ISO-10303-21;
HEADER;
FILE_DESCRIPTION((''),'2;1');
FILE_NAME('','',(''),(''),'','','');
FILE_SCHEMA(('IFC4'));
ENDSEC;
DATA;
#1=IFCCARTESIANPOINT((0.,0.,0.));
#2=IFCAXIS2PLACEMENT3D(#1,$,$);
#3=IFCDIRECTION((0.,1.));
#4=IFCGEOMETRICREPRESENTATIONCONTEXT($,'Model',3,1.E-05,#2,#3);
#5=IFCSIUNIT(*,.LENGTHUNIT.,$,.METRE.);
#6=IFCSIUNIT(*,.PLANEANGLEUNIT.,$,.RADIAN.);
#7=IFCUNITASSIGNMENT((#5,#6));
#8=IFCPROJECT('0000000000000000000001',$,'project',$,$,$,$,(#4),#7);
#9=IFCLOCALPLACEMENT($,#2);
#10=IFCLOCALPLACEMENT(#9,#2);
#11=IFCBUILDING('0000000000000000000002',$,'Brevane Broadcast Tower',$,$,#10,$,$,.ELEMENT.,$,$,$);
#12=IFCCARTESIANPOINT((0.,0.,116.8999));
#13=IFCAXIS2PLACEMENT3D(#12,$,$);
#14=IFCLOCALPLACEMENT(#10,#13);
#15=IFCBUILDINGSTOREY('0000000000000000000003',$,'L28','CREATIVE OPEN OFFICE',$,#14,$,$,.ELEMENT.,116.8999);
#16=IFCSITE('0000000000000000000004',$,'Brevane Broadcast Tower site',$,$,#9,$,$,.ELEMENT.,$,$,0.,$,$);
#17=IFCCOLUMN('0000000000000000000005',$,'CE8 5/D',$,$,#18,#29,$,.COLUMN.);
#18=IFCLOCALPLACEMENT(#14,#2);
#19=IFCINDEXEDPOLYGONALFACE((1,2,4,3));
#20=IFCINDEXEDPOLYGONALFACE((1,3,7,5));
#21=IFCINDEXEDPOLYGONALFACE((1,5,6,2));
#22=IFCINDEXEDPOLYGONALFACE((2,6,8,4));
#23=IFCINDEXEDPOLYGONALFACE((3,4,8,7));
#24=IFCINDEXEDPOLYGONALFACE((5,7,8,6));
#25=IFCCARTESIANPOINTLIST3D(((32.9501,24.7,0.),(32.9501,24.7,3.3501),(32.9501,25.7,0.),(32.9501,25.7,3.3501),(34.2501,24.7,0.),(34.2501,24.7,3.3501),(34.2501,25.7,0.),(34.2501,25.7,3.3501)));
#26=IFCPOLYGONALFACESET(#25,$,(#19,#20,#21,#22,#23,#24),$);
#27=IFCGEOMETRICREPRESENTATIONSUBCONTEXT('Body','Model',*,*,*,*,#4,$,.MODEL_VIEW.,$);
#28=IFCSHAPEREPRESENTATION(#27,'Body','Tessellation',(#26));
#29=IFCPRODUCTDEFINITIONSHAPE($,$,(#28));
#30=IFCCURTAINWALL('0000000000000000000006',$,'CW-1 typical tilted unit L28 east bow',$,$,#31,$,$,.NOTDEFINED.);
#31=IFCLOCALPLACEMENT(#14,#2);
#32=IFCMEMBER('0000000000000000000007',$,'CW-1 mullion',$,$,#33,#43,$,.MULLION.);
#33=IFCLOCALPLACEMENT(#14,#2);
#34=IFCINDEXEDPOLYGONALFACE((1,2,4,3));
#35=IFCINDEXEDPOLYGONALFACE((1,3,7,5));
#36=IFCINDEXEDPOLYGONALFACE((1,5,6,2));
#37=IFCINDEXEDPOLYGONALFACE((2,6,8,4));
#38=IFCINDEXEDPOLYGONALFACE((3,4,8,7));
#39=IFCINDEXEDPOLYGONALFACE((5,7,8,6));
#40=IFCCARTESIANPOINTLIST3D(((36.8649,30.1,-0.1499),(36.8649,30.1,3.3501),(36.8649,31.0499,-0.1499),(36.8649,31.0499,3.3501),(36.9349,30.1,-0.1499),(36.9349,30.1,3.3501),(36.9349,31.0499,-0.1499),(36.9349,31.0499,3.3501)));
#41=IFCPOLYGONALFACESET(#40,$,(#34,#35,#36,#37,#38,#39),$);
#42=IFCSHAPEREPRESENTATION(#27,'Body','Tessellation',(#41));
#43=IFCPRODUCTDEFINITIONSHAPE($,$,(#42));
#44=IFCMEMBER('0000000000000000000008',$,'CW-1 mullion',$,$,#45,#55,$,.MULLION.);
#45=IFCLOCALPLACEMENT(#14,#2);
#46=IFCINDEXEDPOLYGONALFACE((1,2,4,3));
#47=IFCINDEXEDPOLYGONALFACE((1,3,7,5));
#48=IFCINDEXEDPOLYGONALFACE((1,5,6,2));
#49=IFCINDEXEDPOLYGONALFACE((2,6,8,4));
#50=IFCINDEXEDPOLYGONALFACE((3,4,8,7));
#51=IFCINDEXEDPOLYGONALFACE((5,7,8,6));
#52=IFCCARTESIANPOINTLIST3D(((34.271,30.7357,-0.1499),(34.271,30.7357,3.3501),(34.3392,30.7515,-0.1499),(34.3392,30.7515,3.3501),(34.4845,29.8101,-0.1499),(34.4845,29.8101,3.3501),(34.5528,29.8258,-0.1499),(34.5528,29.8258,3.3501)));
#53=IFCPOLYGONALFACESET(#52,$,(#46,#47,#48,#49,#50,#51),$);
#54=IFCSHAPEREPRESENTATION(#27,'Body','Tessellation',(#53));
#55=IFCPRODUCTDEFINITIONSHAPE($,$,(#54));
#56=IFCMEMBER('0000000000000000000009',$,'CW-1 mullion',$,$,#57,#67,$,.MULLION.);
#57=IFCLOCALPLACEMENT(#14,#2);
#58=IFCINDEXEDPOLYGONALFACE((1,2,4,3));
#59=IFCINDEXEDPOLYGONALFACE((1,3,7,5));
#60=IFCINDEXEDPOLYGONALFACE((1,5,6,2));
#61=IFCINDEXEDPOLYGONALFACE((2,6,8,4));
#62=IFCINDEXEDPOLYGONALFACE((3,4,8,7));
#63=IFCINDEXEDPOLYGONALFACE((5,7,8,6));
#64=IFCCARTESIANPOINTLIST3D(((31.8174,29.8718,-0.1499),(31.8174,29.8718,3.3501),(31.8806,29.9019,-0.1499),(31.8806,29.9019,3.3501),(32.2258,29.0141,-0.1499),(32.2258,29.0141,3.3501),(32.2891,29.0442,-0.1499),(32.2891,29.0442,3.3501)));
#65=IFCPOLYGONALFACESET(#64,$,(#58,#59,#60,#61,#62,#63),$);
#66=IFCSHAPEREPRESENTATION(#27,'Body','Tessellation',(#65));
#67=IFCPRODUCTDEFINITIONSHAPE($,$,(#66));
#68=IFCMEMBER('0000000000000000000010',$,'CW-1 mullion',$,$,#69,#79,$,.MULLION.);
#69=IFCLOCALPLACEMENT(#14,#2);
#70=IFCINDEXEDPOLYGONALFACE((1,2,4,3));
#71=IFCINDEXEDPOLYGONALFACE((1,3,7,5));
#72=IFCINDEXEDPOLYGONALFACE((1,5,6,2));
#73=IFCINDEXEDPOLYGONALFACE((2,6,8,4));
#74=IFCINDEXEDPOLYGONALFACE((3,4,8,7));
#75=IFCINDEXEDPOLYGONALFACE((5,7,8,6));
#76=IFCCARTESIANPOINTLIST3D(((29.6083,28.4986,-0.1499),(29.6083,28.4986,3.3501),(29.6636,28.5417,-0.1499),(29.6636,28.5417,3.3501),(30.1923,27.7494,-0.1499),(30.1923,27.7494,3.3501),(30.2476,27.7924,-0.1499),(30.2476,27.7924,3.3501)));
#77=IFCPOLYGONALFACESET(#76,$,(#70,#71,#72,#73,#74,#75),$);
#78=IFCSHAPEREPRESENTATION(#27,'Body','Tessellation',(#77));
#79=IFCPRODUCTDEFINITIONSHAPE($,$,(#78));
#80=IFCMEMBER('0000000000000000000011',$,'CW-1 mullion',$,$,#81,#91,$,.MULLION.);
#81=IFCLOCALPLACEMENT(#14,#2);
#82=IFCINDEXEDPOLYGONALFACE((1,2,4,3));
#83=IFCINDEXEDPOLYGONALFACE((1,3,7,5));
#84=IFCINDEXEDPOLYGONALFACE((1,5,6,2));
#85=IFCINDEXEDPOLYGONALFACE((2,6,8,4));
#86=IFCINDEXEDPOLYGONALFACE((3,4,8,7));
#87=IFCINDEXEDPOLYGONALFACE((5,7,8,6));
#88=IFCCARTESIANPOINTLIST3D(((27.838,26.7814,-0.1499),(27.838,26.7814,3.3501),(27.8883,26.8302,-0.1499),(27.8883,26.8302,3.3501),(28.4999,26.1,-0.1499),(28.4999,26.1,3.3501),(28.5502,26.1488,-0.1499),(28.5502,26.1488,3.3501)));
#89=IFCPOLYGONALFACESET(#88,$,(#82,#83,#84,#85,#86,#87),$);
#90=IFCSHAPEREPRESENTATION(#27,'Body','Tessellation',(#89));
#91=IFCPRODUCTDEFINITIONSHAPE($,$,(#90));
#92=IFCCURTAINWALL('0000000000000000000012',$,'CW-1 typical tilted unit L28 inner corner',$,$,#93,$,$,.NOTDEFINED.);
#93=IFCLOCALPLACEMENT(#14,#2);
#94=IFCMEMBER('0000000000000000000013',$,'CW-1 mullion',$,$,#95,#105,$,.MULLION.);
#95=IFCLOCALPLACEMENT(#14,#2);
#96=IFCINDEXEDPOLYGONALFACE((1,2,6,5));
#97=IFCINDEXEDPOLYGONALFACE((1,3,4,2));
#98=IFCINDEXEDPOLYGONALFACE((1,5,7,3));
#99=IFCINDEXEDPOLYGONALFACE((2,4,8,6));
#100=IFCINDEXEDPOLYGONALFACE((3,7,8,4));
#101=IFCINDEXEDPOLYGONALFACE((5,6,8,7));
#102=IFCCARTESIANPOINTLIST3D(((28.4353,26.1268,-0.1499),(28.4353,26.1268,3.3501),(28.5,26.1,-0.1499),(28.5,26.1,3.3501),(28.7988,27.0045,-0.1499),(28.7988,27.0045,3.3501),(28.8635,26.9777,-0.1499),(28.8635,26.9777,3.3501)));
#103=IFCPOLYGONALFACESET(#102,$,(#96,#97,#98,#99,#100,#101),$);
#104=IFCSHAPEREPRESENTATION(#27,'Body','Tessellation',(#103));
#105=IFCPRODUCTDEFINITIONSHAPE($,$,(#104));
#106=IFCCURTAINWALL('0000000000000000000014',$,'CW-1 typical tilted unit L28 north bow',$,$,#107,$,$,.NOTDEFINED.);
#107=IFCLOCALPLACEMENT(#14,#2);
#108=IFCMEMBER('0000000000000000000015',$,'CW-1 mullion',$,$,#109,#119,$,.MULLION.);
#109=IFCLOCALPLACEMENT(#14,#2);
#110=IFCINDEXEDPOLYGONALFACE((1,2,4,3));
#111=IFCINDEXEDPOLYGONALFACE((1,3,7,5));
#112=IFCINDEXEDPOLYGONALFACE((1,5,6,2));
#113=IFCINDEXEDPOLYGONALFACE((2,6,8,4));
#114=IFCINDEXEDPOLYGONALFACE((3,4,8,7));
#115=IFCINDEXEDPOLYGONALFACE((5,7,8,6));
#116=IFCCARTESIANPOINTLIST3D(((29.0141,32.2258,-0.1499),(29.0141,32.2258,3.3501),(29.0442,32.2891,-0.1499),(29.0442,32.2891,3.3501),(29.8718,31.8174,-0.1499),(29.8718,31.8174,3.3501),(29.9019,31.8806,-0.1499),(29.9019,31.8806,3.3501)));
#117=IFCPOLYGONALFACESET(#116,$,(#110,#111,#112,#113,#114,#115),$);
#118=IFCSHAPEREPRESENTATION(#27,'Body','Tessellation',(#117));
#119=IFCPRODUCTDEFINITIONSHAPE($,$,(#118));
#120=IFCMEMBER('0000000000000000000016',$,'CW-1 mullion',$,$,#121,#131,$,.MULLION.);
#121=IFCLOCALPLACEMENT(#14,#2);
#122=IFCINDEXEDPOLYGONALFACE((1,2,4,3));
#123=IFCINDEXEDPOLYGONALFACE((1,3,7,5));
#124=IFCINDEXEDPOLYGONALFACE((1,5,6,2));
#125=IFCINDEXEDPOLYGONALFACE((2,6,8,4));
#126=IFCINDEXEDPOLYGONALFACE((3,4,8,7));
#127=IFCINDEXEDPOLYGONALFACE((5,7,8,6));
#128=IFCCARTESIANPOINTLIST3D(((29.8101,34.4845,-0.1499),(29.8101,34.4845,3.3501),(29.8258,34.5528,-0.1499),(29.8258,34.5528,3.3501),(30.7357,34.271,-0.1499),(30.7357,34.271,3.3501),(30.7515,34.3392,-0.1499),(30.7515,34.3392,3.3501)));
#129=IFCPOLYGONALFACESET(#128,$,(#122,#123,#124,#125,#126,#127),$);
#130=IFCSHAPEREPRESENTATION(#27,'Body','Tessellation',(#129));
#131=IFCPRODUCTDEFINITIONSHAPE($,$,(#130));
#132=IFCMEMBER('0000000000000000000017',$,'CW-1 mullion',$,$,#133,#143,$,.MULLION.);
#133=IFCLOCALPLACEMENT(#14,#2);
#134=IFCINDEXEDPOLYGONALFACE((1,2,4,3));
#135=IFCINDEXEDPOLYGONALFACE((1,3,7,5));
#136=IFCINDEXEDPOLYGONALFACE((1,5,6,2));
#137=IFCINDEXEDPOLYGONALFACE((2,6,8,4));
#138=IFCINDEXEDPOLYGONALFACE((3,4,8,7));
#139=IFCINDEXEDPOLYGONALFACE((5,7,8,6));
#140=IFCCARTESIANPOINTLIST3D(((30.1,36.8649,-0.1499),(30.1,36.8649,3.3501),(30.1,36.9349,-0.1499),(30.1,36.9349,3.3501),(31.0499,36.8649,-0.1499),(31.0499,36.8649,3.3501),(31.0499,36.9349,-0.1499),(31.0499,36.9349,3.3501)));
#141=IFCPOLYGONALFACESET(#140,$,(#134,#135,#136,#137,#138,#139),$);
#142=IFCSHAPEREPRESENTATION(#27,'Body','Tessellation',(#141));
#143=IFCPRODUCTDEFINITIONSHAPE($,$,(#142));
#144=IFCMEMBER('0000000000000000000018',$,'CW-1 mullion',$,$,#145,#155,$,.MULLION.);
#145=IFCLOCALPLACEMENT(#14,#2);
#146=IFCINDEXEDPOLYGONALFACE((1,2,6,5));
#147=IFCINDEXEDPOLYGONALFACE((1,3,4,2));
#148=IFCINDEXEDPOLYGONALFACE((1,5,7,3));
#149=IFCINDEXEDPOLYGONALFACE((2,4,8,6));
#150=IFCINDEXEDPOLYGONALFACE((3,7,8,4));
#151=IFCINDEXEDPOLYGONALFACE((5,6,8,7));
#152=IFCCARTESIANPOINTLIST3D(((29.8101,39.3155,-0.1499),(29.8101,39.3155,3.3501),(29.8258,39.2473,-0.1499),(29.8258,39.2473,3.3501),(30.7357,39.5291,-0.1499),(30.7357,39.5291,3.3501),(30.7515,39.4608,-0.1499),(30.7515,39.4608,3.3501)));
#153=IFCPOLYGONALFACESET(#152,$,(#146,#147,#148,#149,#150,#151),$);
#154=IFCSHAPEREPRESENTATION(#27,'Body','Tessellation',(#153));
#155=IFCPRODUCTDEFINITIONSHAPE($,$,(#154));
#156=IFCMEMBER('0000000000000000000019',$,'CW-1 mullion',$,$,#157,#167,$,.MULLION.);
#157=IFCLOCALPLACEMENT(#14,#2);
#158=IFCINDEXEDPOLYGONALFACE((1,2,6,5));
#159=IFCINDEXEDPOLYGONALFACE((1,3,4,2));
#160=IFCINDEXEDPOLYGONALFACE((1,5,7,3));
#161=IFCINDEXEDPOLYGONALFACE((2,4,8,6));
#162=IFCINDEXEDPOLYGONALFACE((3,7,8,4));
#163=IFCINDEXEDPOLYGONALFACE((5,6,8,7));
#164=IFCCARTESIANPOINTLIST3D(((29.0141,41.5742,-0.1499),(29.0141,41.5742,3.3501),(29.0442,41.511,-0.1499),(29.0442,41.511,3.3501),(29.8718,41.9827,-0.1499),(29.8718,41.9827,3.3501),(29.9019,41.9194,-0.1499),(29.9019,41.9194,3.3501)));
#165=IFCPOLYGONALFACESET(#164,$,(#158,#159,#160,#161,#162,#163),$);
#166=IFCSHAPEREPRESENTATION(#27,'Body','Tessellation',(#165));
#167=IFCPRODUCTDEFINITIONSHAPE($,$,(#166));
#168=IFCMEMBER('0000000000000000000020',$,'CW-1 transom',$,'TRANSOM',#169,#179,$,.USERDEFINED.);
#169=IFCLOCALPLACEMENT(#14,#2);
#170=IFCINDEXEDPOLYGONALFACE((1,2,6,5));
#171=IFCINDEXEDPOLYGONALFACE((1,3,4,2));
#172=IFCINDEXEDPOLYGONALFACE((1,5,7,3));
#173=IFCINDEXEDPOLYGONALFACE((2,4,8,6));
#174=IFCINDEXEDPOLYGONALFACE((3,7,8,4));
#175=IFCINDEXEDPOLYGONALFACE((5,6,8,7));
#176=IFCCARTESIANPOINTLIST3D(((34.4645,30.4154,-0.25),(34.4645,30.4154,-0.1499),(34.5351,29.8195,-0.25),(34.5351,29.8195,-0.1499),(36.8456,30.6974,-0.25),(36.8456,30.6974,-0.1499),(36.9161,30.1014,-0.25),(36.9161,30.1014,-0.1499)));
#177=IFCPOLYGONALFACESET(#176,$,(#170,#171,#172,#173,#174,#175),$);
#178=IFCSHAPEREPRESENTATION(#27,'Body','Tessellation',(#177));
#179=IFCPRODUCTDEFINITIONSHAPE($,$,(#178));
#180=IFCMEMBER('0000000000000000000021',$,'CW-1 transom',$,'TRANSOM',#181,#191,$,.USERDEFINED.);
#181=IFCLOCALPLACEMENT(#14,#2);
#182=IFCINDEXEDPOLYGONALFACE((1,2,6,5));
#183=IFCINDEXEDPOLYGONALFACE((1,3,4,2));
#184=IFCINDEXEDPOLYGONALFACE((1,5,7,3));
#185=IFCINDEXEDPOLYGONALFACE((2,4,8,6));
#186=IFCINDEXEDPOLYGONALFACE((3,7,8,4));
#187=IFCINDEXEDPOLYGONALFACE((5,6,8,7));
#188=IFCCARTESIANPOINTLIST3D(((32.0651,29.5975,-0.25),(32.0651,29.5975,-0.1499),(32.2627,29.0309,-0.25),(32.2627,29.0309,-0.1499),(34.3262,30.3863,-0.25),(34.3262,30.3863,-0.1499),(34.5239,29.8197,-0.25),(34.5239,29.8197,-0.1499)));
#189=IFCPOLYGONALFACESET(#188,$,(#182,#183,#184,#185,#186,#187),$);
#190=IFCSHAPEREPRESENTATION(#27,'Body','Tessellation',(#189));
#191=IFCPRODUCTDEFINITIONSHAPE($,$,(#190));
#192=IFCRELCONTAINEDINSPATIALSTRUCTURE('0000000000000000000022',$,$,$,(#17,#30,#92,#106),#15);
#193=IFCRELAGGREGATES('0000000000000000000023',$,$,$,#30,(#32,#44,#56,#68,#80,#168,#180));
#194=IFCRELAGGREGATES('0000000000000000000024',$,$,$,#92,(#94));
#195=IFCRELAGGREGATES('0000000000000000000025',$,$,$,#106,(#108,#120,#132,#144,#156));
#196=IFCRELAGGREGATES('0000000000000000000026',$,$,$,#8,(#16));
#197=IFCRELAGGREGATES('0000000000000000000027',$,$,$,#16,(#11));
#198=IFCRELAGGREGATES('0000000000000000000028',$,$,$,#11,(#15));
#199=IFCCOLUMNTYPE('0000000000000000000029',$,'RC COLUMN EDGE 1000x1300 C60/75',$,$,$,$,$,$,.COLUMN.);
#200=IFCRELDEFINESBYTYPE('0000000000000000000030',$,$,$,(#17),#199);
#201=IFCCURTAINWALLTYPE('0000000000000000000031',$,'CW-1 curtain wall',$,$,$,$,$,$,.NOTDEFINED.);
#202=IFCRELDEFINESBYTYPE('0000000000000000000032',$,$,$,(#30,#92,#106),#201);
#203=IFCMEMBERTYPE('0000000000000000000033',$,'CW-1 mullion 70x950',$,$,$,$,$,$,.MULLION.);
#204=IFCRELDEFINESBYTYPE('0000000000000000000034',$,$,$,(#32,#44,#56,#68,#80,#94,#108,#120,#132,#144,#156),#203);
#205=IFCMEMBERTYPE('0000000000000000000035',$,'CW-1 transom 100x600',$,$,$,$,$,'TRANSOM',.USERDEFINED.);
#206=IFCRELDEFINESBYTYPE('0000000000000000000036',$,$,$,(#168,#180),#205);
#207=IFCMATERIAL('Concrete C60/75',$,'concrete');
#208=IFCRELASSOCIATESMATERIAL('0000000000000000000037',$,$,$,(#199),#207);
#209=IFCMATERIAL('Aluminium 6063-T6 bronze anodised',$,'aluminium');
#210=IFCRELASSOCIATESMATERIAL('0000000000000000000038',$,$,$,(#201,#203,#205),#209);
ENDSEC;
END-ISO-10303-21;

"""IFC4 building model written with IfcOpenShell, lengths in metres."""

from ifc_helpers import new_model, si_unit, direction, frame, origin, origin_2d, place, context, subcontext, project, spatial, rectangle, extrude, material, material_profile, profile_set, type_object, element, aggregate, save


model = new_model("IFC4")

# Units and contexts
model_context = context("Model", 3, precision=1e-05, world=origin(), true_north=direction((0.0, 1.0)))
body_context = subcontext(model_context, "Body", "Model", "MODEL_VIEW")
ifc_project = project(units=[si_unit("LENGTHUNIT", "METRE"), si_unit("PLANEANGLEUNIT", "RADIAN")], contexts=[model_context])

# Site, building, storey
site_placement = place(None, origin())
site = spatial("IfcSite", under=ifc_project, at=site_placement, Name="Brevane Broadcast Tower site", CompositionType="ELEMENT", RefElevation=0.0)
building_placement = place(site_placement, origin())
building = spatial("IfcBuilding", under=site, at=building_placement, Name="Brevane Broadcast Tower", CompositionType="ELEMENT")
storey_placement = place(building_placement, frame((0.0, 0.0, 116.8999)))
storey = spatial("IfcBuildingStorey", under=building, at=storey_placement, Name="L28", Description="CREATIVE OPEN OFFICE", CompositionType="ELEMENT", Elevation=116.8999)

# Column
ifc_material_1 = material(Name="Concrete C60/75", Category="concrete")
ifc_material_profile_1 = material_profile(ifc_material_1, rectangle(XDim=1.0, YDim=1.3, at=origin_2d()), Name="RC 1000x1300")
ifc_profile_set_1 = profile_set([ifc_material_profile_1], Name="Concrete C60/75")
column_type = type_object("IfcColumnType", Name="RC COLUMN EDGE 1000x1300 C60/75", PredefinedType="COLUMN", material=ifc_profile_set_1)
column_placement = place(storey_placement, frame((33.6001, 25.2, 0.0), z_axis=(0.0, 0.0, 1.0), x_axis=(0.0, 1.0, 0.0)))
element("IfcColumn", 1, at=column_placement, inside=storey, type_object=column_type, Name="CE8 5/D", PredefinedType="COLUMN", context=body_context, shape_type="SweptSolid", body=[
    extrude(rectangle(XDim=1.0, YDim=1.3, at=origin_2d()), origin(), (0.0, 0.0, 1.0), 3.3501),
])

# Curtain wall, members
ifc_material_2 = material(Name="Aluminium 6063-T6 bronze anodised", Category="aluminium")
curtain_wall_type = type_object("IfcCurtainWallType", Name="CW-1 curtain wall", PredefinedType="NOTDEFINED", material=ifc_material_2)
curtain_wall_1_placement = place(storey_placement, origin())
curtain_wall_1 = element("IfcCurtainWall", 2, at=curtain_wall_1_placement, inside=storey, type_object=curtain_wall_type, Name="CW-1 typical tilted unit L28 east bow", PredefinedType="NOTDEFINED")
ifc_material_profile_2 = material_profile(ifc_material_2, rectangle(XDim=0.95, YDim=0.0701, at=origin_2d()), Name="RECT 70x950")
ifc_profile_set_2 = profile_set([ifc_material_profile_2], Name="Aluminium 6063-T6 bronze anodised")
member_type_1 = type_object("IfcMemberType", Name="CW-1 mullion 70x950", PredefinedType="MULLION", material=ifc_profile_set_2)
member_1_placement = place(storey_placement, frame((36.8999, 30.575, -0.1499), z_axis=(0.0, 0.0, 1.0), x_axis=(0.0, -1.0, 0.0)))
member_1 = element("IfcMember", 3, at=member_1_placement, type_object=member_type_1, Name="CW-1 mullion", PredefinedType="MULLION", context=body_context, shape_type="SweptSolid", body=[
    extrude(rectangle(XDim=0.95, YDim=0.0701, at=origin_2d()), origin(), (0.0, 0.0, 1.0), 3.5),
])
member_2_placement = place(storey_placement, frame((34.4119, 30.2808, -0.1499), z_axis=(0.0, 0.0, 1.0), x_axis=(0.224806, -0.974403, 0.0)))
member_2 = element("IfcMember", 4, at=member_2_placement, type_object=member_type_1, Name="CW-1 mullion", PredefinedType="MULLION", context=body_context, shape_type="SweptSolid", body=[
    extrude(rectangle(XDim=0.95, YDim=0.0701, at=origin_2d()), origin(), (0.0, 0.0, 1.0), 3.5),
])
member_3_placement = place(storey_placement, frame((32.0532, 29.458, -0.1499), z_axis=(0.0, 0.0, 1.0), x_axis=(0.429934, -0.902861, 0.0)))
member_3 = element("IfcMember", 5, at=member_3_placement, type_object=member_type_1, Name="CW-1 mullion", PredefinedType="MULLION", context=body_context, shape_type="SweptSolid", body=[
    extrude(rectangle(XDim=0.95, YDim=0.0701, at=origin_2d()), origin(), (0.0, 0.0, 1.0), 3.5),
])
member_4_placement = place(storey_placement, frame((29.928, 28.1455, -0.1499), z_axis=(0.0, 0.0, 1.0), x_axis=(0.61477, -0.788707, 0.0)))
member_4 = element("IfcMember", 6, at=member_4_placement, type_object=member_type_1, Name="CW-1 mullion", PredefinedType="MULLION", context=body_context, shape_type="SweptSolid", body=[
    extrude(rectangle(XDim=0.95, YDim=0.0701, at=origin_2d()), origin(), (0.0, 0.0, 1.0), 3.5),
])
member_5_placement = place(storey_placement, frame((28.1941, 26.4651, -0.1499), z_axis=(0.0, 0.0, 1.0), x_axis=(0.696812, -0.717254, 0.0)))
member_5 = element("IfcMember", 7, at=member_5_placement, type_object=member_type_1, Name="CW-1 mullion", PredefinedType="MULLION", context=body_context, shape_type="SweptSolid", body=[
    extrude(rectangle(XDim=0.95, YDim=0.0701, at=origin_2d()), origin(), (0.0, 0.0, 1.0), 3.5),
])

# Curtain wall, member
curtain_wall_2_placement = place(storey_placement, origin())
curtain_wall_2 = element("IfcCurtainWall", 8, at=curtain_wall_2_placement, inside=storey, type_object=curtain_wall_type, Name="CW-1 typical tilted unit L28 inner corner", PredefinedType="NOTDEFINED")
member_6_placement = place(storey_placement, frame((28.6494, 26.5522, -0.1499), z_axis=(0.0, 0.0, 1.0), x_axis=(-0.382684, -0.923879, 0.0)))
member_6 = element("IfcMember", 9, at=member_6_placement, type_object=member_type_1, Name="CW-1 mullion", PredefinedType="MULLION", context=body_context, shape_type="SweptSolid", body=[
    extrude(rectangle(XDim=0.95, YDim=0.0701, at=origin_2d()), origin(), (0.0, 0.0, 1.0), 3.5),
])

# Curtain wall, members
curtain_wall_3_placement = place(storey_placement, origin())
curtain_wall_3 = element("IfcCurtainWall", 10, at=curtain_wall_3_placement, inside=storey, type_object=curtain_wall_type, Name="CW-1 typical tilted unit L28 north bow", PredefinedType="NOTDEFINED")
member_7_placement = place(storey_placement, frame((29.458, 32.0532, -0.1499), z_axis=(0.0, 0.0, 1.0), x_axis=(-0.902861, 0.429934, 0.0)))
member_7 = element("IfcMember", 11, at=member_7_placement, type_object=member_type_1, Name="CW-1 mullion", PredefinedType="MULLION", context=body_context, shape_type="SweptSolid", body=[
    extrude(rectangle(XDim=0.95, YDim=0.0701, at=origin_2d()), origin(), (0.0, 0.0, 1.0), 3.5),
])
member_8_placement = place(storey_placement, frame((30.2808, 34.4119, -0.1499), z_axis=(0.0, 0.0, 1.0), x_axis=(-0.974403, 0.224806, 0.0)))
member_8 = element("IfcMember", 12, at=member_8_placement, type_object=member_type_1, Name="CW-1 mullion", PredefinedType="MULLION", context=body_context, shape_type="SweptSolid", body=[
    extrude(rectangle(XDim=0.95, YDim=0.0701, at=origin_2d()), origin(), (0.0, 0.0, 1.0), 3.5),
])
member_9_placement = place(storey_placement, frame((30.575, 36.8999, -0.1499), z_axis=(0.0, 0.0, 1.0), x_axis=(-1.0, 0.0, 0.0)))
member_9 = element("IfcMember", 13, at=member_9_placement, type_object=member_type_1, Name="CW-1 mullion", PredefinedType="MULLION", context=body_context, shape_type="SweptSolid", body=[
    extrude(rectangle(XDim=0.95, YDim=0.0701, at=origin_2d()), origin(), (0.0, 0.0, 1.0), 3.5),
])
member_10_placement = place(storey_placement, frame((30.2808, 39.3882, -0.1499), z_axis=(0.0, 0.0, 1.0), x_axis=(-0.974403, -0.224806, 0.0)))
member_10 = element("IfcMember", 14, at=member_10_placement, type_object=member_type_1, Name="CW-1 mullion", PredefinedType="MULLION", context=body_context, shape_type="SweptSolid", body=[
    extrude(rectangle(XDim=0.95, YDim=0.0701, at=origin_2d()), origin(), (0.0, 0.0, 1.0), 3.5),
])
member_11_placement = place(storey_placement, frame((29.458, 41.7468, -0.1499), z_axis=(0.0, 0.0, 1.0), x_axis=(-0.902861, -0.429934, 0.0)))
member_11 = element("IfcMember", 15, at=member_11_placement, type_object=member_type_1, Name="CW-1 mullion", PredefinedType="MULLION", context=body_context, shape_type="SweptSolid", body=[
    extrude(rectangle(XDim=0.95, YDim=0.0701, at=origin_2d()), origin(), (0.0, 0.0, 1.0), 3.5),
])

# Members
ifc_material_profile_3 = material_profile(ifc_material_2, rectangle(XDim=0.6001, YDim=0.1001, at=origin_2d()), Name="RECT 100x600")
ifc_profile_set_3 = profile_set([ifc_material_profile_3], Name="Aluminium 6063-T6 bronze anodised")
member_type_2 = type_object("IfcMemberType", Name="CW-1 transom 100x600", ElementType="TRANSOM", PredefinedType="USERDEFINED", material=ifc_profile_set_3)
member_12_placement = place(storey_placement, frame((36.8809, 30.3994, -0.2), z_axis=(-0.993061, -0.117603, 0.0), x_axis=(0.117603, -0.993061, 0.0)))
member_12 = element("IfcMember", 16, at=member_12_placement, type_object=member_type_2, Name="CW-1 transom", ObjectType="TRANSOM", PredefinedType="USERDEFINED", context=body_context, shape_type="SweptSolid", body=[
    extrude(rectangle(XDim=0.6001, YDim=0.1001, at=origin_2d()), origin(), (0.0, 0.0, 1.0), 2.3977),
])
member_13_placement = place(storey_placement, frame((34.425, 30.103, -0.2), z_axis=(-0.944198, -0.329378, 0.0), x_axis=(0.329378, -0.944198, 0.0)))
member_13 = element("IfcMember", 17, at=member_13_placement, type_object=member_type_2, Name="CW-1 transom", ObjectType="TRANSOM", PredefinedType="USERDEFINED", context=body_context, shape_type="SweptSolid", body=[
    extrude(rectangle(XDim=0.6001, YDim=0.1001, at=origin_2d()), origin(), (0.0, 0.0, 1.0), 2.3948),
])
aggregate(curtain_wall_1, [member_1, member_2, member_3, member_4, member_5, member_12, member_13])
aggregate(curtain_wall_2, [member_6])
aggregate(curtain_wall_3, [member_7, member_8, member_9, member_10, member_11])

save(model, "model.ifc")
